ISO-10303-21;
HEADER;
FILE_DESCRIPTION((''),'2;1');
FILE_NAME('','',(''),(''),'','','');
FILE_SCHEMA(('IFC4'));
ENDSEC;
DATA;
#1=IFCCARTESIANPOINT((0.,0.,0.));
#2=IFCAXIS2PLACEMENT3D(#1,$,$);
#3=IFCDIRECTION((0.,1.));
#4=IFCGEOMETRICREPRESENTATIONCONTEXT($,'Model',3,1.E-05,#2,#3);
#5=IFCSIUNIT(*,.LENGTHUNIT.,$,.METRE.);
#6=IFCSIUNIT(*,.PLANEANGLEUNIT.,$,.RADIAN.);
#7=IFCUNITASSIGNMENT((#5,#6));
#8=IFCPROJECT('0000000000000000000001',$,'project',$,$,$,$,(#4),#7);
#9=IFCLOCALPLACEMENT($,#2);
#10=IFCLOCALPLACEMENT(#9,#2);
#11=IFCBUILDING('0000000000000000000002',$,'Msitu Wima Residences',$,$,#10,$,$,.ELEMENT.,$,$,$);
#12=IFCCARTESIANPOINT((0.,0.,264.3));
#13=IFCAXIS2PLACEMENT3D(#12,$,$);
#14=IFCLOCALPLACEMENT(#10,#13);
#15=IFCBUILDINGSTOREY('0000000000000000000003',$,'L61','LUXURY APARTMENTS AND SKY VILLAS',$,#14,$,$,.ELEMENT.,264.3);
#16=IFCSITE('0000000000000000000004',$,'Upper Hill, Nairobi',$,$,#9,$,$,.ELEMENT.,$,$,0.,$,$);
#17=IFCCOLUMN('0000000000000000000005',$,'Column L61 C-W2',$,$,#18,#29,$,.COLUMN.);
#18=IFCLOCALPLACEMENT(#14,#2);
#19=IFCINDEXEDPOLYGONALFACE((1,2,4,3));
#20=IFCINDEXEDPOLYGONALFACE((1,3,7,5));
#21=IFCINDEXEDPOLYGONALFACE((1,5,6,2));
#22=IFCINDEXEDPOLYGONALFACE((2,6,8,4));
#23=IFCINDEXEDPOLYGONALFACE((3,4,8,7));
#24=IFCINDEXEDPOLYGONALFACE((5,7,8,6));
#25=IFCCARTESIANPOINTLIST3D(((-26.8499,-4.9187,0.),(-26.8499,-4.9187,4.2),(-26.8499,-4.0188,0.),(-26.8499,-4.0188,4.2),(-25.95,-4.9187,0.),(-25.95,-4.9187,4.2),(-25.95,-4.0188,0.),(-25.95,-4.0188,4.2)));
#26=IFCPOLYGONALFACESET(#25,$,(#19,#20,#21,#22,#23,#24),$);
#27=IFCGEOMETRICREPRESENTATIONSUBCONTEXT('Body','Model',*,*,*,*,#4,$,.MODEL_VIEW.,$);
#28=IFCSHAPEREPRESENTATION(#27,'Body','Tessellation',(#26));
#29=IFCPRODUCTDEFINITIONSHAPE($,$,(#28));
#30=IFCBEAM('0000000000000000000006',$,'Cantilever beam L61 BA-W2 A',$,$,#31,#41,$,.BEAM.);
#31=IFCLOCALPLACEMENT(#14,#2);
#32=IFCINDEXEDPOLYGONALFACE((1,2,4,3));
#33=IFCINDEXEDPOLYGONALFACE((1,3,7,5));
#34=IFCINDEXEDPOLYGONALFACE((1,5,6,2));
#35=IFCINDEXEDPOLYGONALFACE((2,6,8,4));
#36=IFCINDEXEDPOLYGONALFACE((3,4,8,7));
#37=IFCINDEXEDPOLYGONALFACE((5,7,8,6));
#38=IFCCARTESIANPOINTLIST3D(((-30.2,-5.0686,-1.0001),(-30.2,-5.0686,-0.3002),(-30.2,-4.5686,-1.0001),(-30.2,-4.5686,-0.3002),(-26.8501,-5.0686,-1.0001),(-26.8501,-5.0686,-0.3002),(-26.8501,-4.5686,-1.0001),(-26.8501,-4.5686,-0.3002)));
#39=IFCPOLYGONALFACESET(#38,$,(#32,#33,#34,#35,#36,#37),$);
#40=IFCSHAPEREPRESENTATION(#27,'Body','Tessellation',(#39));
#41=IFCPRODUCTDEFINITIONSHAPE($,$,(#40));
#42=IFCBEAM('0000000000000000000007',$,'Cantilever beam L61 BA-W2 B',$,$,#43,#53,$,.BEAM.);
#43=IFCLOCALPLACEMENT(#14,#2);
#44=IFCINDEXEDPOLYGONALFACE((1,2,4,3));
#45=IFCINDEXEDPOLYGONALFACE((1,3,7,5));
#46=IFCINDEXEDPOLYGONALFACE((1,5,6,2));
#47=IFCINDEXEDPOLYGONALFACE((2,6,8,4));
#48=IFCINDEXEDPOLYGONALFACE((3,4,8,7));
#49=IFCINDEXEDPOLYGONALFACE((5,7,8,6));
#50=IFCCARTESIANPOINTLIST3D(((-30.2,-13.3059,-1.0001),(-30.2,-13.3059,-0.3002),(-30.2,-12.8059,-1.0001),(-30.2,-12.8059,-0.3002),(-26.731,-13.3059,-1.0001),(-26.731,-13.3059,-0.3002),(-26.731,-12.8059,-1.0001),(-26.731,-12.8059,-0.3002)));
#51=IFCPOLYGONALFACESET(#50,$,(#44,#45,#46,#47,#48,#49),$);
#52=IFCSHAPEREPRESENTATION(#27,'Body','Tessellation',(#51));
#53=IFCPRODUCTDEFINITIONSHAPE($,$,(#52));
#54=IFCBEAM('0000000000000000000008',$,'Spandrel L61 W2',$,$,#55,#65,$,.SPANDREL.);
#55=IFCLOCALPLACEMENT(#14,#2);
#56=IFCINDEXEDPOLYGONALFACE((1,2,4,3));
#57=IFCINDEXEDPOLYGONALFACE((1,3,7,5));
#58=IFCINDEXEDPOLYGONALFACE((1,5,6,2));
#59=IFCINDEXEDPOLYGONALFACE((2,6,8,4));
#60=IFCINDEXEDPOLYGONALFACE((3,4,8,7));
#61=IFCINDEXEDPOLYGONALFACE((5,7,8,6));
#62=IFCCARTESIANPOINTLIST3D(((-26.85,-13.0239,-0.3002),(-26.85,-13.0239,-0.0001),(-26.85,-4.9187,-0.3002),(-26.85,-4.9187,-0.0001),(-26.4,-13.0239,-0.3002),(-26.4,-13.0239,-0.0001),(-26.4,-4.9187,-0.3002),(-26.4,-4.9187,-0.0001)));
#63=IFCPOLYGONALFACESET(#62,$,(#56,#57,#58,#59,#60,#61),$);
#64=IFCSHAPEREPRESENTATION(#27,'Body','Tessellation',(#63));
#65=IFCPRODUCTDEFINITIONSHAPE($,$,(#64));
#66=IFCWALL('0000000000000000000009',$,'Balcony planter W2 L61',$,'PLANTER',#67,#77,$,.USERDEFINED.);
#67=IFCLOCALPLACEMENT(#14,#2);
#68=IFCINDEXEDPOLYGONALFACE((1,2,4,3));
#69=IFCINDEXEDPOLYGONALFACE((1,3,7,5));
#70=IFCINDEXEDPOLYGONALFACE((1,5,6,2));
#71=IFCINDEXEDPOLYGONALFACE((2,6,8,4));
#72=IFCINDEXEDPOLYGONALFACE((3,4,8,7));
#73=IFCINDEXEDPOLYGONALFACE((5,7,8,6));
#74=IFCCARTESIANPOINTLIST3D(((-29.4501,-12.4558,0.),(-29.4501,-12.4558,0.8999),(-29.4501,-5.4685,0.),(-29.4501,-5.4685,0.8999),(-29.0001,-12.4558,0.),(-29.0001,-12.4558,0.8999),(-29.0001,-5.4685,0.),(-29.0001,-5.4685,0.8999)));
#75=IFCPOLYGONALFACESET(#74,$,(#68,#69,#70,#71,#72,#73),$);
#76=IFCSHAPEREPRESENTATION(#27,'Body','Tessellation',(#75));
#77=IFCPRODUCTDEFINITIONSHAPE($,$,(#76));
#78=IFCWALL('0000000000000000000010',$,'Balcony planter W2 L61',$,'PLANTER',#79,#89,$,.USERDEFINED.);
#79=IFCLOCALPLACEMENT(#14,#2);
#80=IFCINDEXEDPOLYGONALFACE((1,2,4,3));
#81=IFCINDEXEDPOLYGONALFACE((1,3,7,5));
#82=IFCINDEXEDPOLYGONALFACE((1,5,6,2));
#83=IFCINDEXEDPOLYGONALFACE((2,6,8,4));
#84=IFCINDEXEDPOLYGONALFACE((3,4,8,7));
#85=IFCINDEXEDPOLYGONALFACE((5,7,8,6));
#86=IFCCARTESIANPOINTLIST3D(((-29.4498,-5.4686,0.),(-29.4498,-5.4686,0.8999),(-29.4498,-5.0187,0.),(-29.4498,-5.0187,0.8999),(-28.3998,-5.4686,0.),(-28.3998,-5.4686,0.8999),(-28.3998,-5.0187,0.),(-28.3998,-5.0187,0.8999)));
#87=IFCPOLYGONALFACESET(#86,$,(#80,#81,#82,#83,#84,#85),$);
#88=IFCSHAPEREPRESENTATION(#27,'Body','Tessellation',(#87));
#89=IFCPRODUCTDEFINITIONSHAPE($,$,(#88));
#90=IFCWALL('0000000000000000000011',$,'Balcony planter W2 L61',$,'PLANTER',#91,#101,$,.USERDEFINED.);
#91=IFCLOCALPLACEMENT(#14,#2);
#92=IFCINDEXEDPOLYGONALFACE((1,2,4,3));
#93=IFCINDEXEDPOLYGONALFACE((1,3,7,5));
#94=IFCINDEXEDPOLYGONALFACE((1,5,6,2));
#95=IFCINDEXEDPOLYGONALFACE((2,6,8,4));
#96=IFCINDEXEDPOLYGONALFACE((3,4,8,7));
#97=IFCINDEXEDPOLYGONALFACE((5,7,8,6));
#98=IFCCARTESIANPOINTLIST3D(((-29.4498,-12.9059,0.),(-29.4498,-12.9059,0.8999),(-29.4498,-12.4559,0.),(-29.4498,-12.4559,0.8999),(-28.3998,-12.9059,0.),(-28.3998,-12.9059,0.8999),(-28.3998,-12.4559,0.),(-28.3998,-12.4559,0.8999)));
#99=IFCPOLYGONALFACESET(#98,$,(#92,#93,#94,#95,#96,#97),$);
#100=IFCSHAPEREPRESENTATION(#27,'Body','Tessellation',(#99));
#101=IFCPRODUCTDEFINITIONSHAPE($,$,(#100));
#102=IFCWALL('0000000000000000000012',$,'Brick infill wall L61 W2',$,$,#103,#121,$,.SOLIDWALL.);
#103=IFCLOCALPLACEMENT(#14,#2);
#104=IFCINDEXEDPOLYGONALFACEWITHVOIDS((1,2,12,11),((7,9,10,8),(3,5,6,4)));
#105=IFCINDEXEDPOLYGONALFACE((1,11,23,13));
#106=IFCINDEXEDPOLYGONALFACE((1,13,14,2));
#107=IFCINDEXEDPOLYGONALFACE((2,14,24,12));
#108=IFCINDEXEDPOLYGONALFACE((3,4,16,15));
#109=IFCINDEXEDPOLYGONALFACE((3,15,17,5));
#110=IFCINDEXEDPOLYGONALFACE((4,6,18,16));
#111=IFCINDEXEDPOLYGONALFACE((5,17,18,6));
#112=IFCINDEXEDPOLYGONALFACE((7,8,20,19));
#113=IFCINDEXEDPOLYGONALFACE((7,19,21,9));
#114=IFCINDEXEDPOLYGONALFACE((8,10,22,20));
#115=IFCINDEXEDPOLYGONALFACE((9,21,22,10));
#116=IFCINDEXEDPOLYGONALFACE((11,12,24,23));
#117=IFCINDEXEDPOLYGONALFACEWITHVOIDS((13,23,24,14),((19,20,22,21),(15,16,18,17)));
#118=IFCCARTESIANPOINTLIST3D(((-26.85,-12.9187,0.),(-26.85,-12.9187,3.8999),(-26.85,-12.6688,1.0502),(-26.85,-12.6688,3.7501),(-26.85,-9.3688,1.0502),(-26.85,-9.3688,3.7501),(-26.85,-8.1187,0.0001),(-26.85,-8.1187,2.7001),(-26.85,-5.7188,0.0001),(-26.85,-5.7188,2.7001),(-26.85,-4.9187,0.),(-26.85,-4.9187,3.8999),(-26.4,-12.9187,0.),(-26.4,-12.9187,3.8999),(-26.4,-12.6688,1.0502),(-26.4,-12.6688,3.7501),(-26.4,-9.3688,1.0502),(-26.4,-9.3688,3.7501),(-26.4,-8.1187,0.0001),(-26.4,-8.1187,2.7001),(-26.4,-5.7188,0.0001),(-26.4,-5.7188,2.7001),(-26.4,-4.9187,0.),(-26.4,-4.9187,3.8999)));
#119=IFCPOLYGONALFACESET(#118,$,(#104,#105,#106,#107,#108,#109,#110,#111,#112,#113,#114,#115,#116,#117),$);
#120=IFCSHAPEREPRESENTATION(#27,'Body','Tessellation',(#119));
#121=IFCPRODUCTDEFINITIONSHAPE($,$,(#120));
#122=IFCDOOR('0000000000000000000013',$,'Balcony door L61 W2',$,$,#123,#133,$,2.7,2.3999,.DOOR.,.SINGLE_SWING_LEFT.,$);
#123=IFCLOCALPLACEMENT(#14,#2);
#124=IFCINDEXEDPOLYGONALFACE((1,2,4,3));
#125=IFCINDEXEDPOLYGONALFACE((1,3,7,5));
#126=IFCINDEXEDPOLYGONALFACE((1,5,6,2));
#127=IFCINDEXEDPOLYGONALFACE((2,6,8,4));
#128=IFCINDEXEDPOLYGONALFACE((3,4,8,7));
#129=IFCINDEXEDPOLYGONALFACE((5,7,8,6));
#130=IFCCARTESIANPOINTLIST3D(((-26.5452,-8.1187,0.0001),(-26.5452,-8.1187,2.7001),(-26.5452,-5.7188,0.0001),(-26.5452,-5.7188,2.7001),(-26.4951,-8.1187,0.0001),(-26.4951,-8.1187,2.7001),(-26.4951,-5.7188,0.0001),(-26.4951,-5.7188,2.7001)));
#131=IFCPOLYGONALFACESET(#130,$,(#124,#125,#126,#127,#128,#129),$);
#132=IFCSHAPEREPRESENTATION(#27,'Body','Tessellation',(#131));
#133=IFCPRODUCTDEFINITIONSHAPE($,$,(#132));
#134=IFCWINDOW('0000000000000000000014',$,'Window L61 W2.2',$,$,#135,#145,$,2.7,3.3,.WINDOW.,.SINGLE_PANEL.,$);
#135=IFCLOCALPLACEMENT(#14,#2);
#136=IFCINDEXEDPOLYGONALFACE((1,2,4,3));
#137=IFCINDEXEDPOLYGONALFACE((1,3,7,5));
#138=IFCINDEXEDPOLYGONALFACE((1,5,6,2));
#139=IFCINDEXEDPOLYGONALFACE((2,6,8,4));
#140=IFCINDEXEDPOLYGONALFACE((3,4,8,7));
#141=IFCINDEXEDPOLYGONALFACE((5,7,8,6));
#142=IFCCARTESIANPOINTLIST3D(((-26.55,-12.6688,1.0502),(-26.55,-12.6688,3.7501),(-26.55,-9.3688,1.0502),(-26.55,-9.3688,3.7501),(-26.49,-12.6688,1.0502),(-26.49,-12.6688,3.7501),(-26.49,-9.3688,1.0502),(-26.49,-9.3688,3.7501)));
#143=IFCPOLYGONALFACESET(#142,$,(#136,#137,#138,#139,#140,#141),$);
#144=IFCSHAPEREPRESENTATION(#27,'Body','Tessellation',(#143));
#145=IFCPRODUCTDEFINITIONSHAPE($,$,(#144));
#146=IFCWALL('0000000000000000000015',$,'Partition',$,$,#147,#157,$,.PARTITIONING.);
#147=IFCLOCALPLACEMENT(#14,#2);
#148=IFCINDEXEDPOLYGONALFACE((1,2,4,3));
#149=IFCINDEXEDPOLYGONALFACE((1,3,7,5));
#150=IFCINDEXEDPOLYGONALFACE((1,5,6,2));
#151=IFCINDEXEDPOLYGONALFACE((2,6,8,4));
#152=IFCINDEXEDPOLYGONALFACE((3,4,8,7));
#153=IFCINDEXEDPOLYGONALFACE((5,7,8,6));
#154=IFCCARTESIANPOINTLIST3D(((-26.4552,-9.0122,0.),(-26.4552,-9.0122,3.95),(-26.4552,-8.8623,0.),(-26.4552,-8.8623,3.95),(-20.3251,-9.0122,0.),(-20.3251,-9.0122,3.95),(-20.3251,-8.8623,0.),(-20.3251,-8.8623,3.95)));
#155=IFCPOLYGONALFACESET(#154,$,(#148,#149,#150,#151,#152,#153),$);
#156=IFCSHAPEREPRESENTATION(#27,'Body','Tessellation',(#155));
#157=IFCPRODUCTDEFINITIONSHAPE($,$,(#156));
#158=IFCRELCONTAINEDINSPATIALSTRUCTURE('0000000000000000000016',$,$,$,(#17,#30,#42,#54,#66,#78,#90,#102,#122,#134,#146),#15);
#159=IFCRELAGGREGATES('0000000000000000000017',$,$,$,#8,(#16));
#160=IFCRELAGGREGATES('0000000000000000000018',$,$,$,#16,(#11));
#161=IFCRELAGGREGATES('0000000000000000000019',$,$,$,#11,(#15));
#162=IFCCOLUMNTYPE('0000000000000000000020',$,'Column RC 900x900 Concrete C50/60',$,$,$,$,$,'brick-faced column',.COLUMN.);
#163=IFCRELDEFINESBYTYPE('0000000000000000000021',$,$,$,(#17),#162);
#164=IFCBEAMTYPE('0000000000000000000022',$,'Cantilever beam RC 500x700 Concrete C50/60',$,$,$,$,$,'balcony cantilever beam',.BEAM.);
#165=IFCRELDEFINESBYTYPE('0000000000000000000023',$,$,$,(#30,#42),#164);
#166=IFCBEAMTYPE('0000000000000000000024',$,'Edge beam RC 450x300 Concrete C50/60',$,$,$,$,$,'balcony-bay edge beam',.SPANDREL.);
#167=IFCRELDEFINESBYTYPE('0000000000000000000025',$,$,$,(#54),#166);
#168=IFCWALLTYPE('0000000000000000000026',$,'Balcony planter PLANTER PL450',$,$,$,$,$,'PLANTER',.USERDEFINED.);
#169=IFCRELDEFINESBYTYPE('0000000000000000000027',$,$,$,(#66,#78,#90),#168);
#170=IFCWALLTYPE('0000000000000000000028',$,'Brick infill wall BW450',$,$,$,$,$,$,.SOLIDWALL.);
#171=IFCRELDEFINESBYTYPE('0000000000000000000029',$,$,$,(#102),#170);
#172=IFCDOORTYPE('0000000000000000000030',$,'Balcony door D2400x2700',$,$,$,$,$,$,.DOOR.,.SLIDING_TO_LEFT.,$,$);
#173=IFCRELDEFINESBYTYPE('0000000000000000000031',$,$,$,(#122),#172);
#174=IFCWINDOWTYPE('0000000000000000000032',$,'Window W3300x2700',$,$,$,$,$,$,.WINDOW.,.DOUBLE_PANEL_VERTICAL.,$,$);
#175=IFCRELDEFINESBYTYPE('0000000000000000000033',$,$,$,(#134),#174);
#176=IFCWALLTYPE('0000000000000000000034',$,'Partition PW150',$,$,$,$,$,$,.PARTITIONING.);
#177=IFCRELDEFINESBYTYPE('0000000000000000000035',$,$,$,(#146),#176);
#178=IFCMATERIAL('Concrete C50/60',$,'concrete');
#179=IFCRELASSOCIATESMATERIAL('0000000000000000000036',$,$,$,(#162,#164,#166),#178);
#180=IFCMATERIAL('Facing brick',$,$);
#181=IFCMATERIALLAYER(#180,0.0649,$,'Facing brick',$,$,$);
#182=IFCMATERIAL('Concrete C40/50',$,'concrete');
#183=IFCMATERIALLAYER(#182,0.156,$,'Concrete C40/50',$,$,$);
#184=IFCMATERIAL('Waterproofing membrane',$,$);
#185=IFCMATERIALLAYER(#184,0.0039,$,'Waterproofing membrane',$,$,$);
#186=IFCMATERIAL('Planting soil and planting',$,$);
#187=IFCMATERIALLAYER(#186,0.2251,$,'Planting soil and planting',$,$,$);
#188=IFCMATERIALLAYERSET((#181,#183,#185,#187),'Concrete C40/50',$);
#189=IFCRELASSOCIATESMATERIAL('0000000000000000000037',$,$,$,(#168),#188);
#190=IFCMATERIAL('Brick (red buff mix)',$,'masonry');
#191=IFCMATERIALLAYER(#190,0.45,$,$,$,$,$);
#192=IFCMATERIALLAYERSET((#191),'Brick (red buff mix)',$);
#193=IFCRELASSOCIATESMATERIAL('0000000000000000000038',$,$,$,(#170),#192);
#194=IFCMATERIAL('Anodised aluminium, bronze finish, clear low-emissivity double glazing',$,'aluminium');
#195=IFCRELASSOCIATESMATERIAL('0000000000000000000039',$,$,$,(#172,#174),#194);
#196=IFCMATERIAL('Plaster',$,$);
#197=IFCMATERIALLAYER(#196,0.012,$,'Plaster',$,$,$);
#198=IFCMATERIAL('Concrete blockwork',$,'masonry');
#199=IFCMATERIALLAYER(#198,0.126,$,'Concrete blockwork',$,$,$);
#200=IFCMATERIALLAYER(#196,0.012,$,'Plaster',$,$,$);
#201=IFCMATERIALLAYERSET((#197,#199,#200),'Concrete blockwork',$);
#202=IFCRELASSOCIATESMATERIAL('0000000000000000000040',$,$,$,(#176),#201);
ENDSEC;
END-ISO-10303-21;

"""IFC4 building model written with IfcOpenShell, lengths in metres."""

from ifc_helpers import new_model, si_unit, direction, frame, frame_2d, origin, origin_2d, place, context, subcontext, project, spatial, rectangle, extrude, material, layer, layer_set, material_profile, profile_set, type_object, element, fill, save


model = new_model("IFC4")

# Units and contexts
model_context = context("Model", 3, precision=1e-05, world=origin(), true_north=direction((0.0, 1.0)))
body_context = subcontext(model_context, "Body", "Model", "MODEL_VIEW")
ifc_project = project(units=[si_unit("LENGTHUNIT", "METRE"), si_unit("PLANEANGLEUNIT", "RADIAN")], contexts=[model_context])

# Site, building, storey
site_placement = place(None, origin())
site = spatial("IfcSite", under=ifc_project, at=site_placement, Name="Upper Hill, Nairobi", CompositionType="ELEMENT", RefElevation=0.0)
building_placement = place(site_placement, origin())
building = spatial("IfcBuilding", under=site, at=building_placement, Name="Msitu Wima Residences", CompositionType="ELEMENT")
storey_placement = place(building_placement, frame((0.0, 0.0, 264.3)))
storey = spatial("IfcBuildingStorey", under=building, at=storey_placement, Name="L61", Description="LUXURY APARTMENTS AND SKY VILLAS", CompositionType="ELEMENT", Elevation=264.3)

# Column
ifc_material_1 = material(Name="Concrete C50/60", Category="concrete")
ifc_material_profile_1 = material_profile(ifc_material_1, rectangle(XDim=0.8999, YDim=0.8999, at=origin_2d()), Name="RC 900x900")
ifc_profile_set_1 = profile_set([ifc_material_profile_1], Name="Concrete C50/60")
column_type = type_object("IfcColumnType", Name="Column RC 900x900 Concrete C50/60", ElementType="brick-faced column", PredefinedType="COLUMN", material=ifc_profile_set_1)
column_placement = place(storey_placement, frame((-26.3999, -4.4688, 0.0), z_axis=(0.0, 0.0, 1.0), x_axis=(0.0, -1.0, 0.0)))
element("IfcColumn", 1, at=column_placement, inside=storey, type_object=column_type, Name="Column L61 C-W2", PredefinedType="COLUMN", context=body_context, shape_type="SweptSolid", body=[
    extrude(rectangle(XDim=0.8999, YDim=0.8999, at=origin_2d()), origin(), (0.0, 0.0, 1.0), 4.2),
])

# Beams
ifc_material_profile_2 = material_profile(ifc_material_1, rectangle(XDim=0.5, YDim=0.7, at=origin_2d()), Name="RC 500x700")
ifc_profile_set_2 = profile_set([ifc_material_profile_2], Name="Concrete C50/60")
beam_type_1 = type_object("IfcBeamType", Name="Cantilever beam RC 500x700 Concrete C50/60", ElementType="balcony cantilever beam", PredefinedType="BEAM", material=ifc_profile_set_2)
beam_1_placement = place(storey_placement, frame((-26.8501, -4.8186, -0.6501), z_axis=(-1.0, 0.0, 0.0), x_axis=(0.0, -1.0, 0.0)))
element("IfcBeam", 2, at=beam_1_placement, inside=storey, type_object=beam_type_1, Name="Cantilever beam L61 BA-W2 A", PredefinedType="BEAM", context=body_context, shape_type="SweptSolid", body=[
    extrude(rectangle(XDim=0.5, YDim=0.7, at=origin_2d()), origin(), (0.0, 0.0, 1.0), 3.3499),
])
beam_2_placement = place(storey_placement, frame((-26.731, -13.0559, -0.6501), z_axis=(-1.0, 0.0, 0.0), x_axis=(0.0, -1.0, 0.0)))
element("IfcBeam", 3, at=beam_2_placement, inside=storey, type_object=beam_type_1, Name="Cantilever beam L61 BA-W2 B", PredefinedType="BEAM", context=body_context, shape_type="SweptSolid", body=[
    extrude(rectangle(XDim=0.5, YDim=0.7, at=origin_2d()), origin(), (0.0, 0.0, 1.0), 3.469),
])
ifc_material_profile_3 = material_profile(ifc_material_1, rectangle(XDim=0.45, YDim=0.3, at=origin_2d()), Name="RC 450x300")
ifc_profile_set_3 = profile_set([ifc_material_profile_3], Name="Concrete C50/60")
beam_type_2 = type_object("IfcBeamType", Name="Edge beam RC 450x300 Concrete C50/60", ElementType="balcony-bay edge beam", PredefinedType="SPANDREL", material=ifc_profile_set_3)
beam_3_placement = place(storey_placement, frame((-26.625, -4.9187, -0.1501), z_axis=(0.0, -1.0, 0.0), x_axis=(1.0, 0.0, 0.0)))
element("IfcBeam", 4, at=beam_3_placement, inside=storey, type_object=beam_type_2, Name="Spandrel L61 W2", PredefinedType="SPANDREL", context=body_context, shape_type="SweptSolid", body=[
    extrude(rectangle(XDim=0.45, YDim=0.3, at=origin_2d()), origin(), (0.0, 0.0, 1.0), 8.1052),
])

# Walls
ifc_material_2 = material(Name="Facing brick")
ifc_layer_1 = layer(ifc_material_2, 0.0649, Name="Facing brick")
ifc_material_3 = material(Name="Concrete C40/50", Category="concrete")
ifc_layer_2 = layer(ifc_material_3, 0.156, Name="Concrete C40/50")
ifc_material_4 = material(Name="Waterproofing membrane")
ifc_layer_3 = layer(ifc_material_4, 0.0039, Name="Waterproofing membrane")
ifc_material_5 = material(Name="Planting soil and planting")
ifc_layer_4 = layer(ifc_material_5, 0.2251, Name="Planting soil and planting")
ifc_layer_set_1 = layer_set([ifc_layer_1, ifc_layer_2, ifc_layer_3, ifc_layer_4], Name="Concrete C40/50")
wall_type_1 = type_object("IfcWallType", Name="Balcony planter PLANTER PL450", ElementType="PLANTER", PredefinedType="USERDEFINED", material=ifc_layer_set_1)
wall_1_placement = place(storey_placement, frame((-29.2251, -5.4685, 0.0), z_axis=(0.0, 0.0, 1.0), x_axis=(0.0, -1.0, 0.0)))
element("IfcWall", 5, at=wall_1_placement, inside=storey, type_object=wall_type_1, Name="Balcony planter W2 L61", ObjectType="PLANTER", PredefinedType="USERDEFINED", context=body_context, shape_type="SweptSolid", body=[
    extrude(rectangle(XDim=6.9873, YDim=0.45, at=frame_2d((3.4937, 0.0))), origin(), (0.0, 0.0, 1.0), 0.8999),
])
for number, where, z_axis, x_axis, name in (
    (6, (-28.3999, -5.2437, 0.0), (0.0, 0.0, 1.0), (-1.0, 0.0, 0.0), "Balcony planter W2 L61"),
    (7, (-28.3999, -12.6809, 0.0), (0.0, 0.0, 1.0), (-1.0, 0.0, 0.0), "Balcony planter W2 L61"),
):
    element("IfcWall", number, at=place(storey_placement, frame(where, z_axis=z_axis, x_axis=x_axis)), inside=storey, type_object=wall_type_1, Name=name, ObjectType="PLANTER", PredefinedType="USERDEFINED", context=body_context, shape_type="SweptSolid", body=[
        extrude(rectangle(XDim=1.05, YDim=0.45, at=frame_2d((0.5249, 0.0))), origin(), (0.0, 0.0, 1.0), 0.8999),
    ])

# Wall, openings, door, window
ifc_material_6 = material(Name="Brick (red buff mix)", Category="masonry")
ifc_layer_5 = layer(ifc_material_6, 0.45)
ifc_layer_set_2 = layer_set([ifc_layer_5], Name="Brick (red buff mix)")
wall_type_2 = type_object("IfcWallType", Name="Brick infill wall BW450", PredefinedType="SOLIDWALL", material=ifc_layer_set_2)
wall_2_placement = place(storey_placement, frame((-26.625, -4.9187, 0.0), z_axis=(0.0, 0.0, 1.0), x_axis=(0.0, -1.0, 0.0)))
wall_2 = element("IfcWall", 8, at=wall_2_placement, inside=storey, type_object=wall_type_2, Name="Brick infill wall L61 W2", PredefinedType="SOLIDWALL", context=body_context, shape_type="SweptSolid", body=[
    extrude(rectangle(XDim=8.0, YDim=0.45, at=frame_2d((4.0, 0.0))), origin(), (0.0, 0.0, 1.0), 3.8999),
])
opening_1_placement = place(wall_2_placement, frame((0.8, 0.0, 0.0)))
opening_1 = element("IfcOpeningElement", 9, at=opening_1_placement, cuts=wall_2, PredefinedType="OPENING", context=body_context, shape_type="SweptSolid", body=[
    extrude(rectangle(XDim=2.3999, YDim=2.7, at=frame_2d((1.2, 1.3501))), frame((0.0, 0.2349, 0.0), z_axis=(0.0, -1.0, 0.0), x_axis=(1.0, 0.0, 0.0)), (0.0, 0.0, 1.0), 0.47),
])
opening_2_placement = place(wall_2_placement, frame((4.4502, 0.0, 1.05)))
opening_2 = element("IfcOpeningElement", 10, at=opening_2_placement, cuts=wall_2, PredefinedType="OPENING", context=body_context, shape_type="SweptSolid", body=[
    extrude(rectangle(XDim=3.3, YDim=2.7, at=frame_2d((1.6499, 1.3501))), frame((0.0, 0.2349, 0.0), z_axis=(0.0, -1.0, 0.0), x_axis=(1.0, 0.0, 0.0)), (0.0, 0.0, 1.0), 0.47),
])
ifc_material_7 = material(Name="Anodised aluminium, bronze finish, clear low-emissivity double glazing", Category="aluminium")
door_type = type_object("IfcDoorType", Name="Balcony door D2400x2700", OperationType="SLIDING_TO_LEFT", PredefinedType="DOOR", material=ifc_material_7)
door_placement = place(opening_1_placement, origin())
door = element("IfcDoor", 11, at=door_placement, inside=storey, type_object=door_type, Name="Balcony door L61 W2", OperationType="SINGLE_SWING_LEFT", OverallHeight=2.7, OverallWidth=2.3999, PredefinedType="DOOR", context=body_context, shape_type="SweptSolid", body=[
    extrude(rectangle(XDim=2.3999, YDim=2.7, at=frame_2d((1.2, 1.3501))), frame((0.0, 0.1299, 0.0), z_axis=(0.0, -1.0, 0.0), x_axis=(1.0, 0.0, 0.0)), (0.0, 0.0, 1.0), 0.05),
])
fill(opening_1, door)
window_type = type_object("IfcWindowType", Name="Window W3300x2700", PartitioningType="DOUBLE_PANEL_VERTICAL", PredefinedType="WINDOW", material=ifc_material_7)
window_placement = place(opening_2_placement, origin())
window = element("IfcWindow", 12, at=window_placement, inside=storey, type_object=window_type, Name="Window L61 W2.2", OverallHeight=2.7, OverallWidth=3.3, PartitioningType="SINGLE_PANEL", PredefinedType="WINDOW", context=body_context, shape_type="SweptSolid", body=[
    extrude(rectangle(XDim=3.3, YDim=2.7, at=frame_2d((1.6499, 1.3501))), frame((0.0, 0.135, 0.0), z_axis=(0.0, -1.0, 0.0), x_axis=(1.0, 0.0, 0.0)), (0.0, 0.0, 1.0), 0.0601),
])
fill(opening_2, window)

# Wall
ifc_material_8 = material(Name="Plaster")
ifc_layer_6 = layer(ifc_material_8, 0.012, Name="Plaster")
ifc_material_9 = material(Name="Concrete blockwork", Category="masonry")
ifc_layer_7 = layer(ifc_material_9, 0.126, Name="Concrete blockwork")
ifc_layer_8 = layer(ifc_material_8, 0.012, Name="Plaster")
ifc_layer_set_3 = layer_set([ifc_layer_6, ifc_layer_7, ifc_layer_8], Name="Concrete blockwork")
wall_type_3 = type_object("IfcWallType", Name="Partition PW150", PredefinedType="PARTITIONING", material=ifc_layer_set_3)
wall_3_placement = place(storey_placement, frame((-26.4551, -8.9373, 0.0), z_axis=(0.0, 0.0, 1.0), x_axis=(1.0, 0.0, 0.0)))
element("IfcWall", 13, at=wall_3_placement, inside=storey, type_object=wall_type_3, Name="Partition", PredefinedType="PARTITIONING", context=body_context, shape_type="SweptSolid", body=[
    extrude(rectangle(XDim=6.1301, YDim=0.1499, at=frame_2d((3.0649, 0.0))), origin(), (0.0, 0.0, 1.0), 3.95),
])

save(model, "model.ifc")
